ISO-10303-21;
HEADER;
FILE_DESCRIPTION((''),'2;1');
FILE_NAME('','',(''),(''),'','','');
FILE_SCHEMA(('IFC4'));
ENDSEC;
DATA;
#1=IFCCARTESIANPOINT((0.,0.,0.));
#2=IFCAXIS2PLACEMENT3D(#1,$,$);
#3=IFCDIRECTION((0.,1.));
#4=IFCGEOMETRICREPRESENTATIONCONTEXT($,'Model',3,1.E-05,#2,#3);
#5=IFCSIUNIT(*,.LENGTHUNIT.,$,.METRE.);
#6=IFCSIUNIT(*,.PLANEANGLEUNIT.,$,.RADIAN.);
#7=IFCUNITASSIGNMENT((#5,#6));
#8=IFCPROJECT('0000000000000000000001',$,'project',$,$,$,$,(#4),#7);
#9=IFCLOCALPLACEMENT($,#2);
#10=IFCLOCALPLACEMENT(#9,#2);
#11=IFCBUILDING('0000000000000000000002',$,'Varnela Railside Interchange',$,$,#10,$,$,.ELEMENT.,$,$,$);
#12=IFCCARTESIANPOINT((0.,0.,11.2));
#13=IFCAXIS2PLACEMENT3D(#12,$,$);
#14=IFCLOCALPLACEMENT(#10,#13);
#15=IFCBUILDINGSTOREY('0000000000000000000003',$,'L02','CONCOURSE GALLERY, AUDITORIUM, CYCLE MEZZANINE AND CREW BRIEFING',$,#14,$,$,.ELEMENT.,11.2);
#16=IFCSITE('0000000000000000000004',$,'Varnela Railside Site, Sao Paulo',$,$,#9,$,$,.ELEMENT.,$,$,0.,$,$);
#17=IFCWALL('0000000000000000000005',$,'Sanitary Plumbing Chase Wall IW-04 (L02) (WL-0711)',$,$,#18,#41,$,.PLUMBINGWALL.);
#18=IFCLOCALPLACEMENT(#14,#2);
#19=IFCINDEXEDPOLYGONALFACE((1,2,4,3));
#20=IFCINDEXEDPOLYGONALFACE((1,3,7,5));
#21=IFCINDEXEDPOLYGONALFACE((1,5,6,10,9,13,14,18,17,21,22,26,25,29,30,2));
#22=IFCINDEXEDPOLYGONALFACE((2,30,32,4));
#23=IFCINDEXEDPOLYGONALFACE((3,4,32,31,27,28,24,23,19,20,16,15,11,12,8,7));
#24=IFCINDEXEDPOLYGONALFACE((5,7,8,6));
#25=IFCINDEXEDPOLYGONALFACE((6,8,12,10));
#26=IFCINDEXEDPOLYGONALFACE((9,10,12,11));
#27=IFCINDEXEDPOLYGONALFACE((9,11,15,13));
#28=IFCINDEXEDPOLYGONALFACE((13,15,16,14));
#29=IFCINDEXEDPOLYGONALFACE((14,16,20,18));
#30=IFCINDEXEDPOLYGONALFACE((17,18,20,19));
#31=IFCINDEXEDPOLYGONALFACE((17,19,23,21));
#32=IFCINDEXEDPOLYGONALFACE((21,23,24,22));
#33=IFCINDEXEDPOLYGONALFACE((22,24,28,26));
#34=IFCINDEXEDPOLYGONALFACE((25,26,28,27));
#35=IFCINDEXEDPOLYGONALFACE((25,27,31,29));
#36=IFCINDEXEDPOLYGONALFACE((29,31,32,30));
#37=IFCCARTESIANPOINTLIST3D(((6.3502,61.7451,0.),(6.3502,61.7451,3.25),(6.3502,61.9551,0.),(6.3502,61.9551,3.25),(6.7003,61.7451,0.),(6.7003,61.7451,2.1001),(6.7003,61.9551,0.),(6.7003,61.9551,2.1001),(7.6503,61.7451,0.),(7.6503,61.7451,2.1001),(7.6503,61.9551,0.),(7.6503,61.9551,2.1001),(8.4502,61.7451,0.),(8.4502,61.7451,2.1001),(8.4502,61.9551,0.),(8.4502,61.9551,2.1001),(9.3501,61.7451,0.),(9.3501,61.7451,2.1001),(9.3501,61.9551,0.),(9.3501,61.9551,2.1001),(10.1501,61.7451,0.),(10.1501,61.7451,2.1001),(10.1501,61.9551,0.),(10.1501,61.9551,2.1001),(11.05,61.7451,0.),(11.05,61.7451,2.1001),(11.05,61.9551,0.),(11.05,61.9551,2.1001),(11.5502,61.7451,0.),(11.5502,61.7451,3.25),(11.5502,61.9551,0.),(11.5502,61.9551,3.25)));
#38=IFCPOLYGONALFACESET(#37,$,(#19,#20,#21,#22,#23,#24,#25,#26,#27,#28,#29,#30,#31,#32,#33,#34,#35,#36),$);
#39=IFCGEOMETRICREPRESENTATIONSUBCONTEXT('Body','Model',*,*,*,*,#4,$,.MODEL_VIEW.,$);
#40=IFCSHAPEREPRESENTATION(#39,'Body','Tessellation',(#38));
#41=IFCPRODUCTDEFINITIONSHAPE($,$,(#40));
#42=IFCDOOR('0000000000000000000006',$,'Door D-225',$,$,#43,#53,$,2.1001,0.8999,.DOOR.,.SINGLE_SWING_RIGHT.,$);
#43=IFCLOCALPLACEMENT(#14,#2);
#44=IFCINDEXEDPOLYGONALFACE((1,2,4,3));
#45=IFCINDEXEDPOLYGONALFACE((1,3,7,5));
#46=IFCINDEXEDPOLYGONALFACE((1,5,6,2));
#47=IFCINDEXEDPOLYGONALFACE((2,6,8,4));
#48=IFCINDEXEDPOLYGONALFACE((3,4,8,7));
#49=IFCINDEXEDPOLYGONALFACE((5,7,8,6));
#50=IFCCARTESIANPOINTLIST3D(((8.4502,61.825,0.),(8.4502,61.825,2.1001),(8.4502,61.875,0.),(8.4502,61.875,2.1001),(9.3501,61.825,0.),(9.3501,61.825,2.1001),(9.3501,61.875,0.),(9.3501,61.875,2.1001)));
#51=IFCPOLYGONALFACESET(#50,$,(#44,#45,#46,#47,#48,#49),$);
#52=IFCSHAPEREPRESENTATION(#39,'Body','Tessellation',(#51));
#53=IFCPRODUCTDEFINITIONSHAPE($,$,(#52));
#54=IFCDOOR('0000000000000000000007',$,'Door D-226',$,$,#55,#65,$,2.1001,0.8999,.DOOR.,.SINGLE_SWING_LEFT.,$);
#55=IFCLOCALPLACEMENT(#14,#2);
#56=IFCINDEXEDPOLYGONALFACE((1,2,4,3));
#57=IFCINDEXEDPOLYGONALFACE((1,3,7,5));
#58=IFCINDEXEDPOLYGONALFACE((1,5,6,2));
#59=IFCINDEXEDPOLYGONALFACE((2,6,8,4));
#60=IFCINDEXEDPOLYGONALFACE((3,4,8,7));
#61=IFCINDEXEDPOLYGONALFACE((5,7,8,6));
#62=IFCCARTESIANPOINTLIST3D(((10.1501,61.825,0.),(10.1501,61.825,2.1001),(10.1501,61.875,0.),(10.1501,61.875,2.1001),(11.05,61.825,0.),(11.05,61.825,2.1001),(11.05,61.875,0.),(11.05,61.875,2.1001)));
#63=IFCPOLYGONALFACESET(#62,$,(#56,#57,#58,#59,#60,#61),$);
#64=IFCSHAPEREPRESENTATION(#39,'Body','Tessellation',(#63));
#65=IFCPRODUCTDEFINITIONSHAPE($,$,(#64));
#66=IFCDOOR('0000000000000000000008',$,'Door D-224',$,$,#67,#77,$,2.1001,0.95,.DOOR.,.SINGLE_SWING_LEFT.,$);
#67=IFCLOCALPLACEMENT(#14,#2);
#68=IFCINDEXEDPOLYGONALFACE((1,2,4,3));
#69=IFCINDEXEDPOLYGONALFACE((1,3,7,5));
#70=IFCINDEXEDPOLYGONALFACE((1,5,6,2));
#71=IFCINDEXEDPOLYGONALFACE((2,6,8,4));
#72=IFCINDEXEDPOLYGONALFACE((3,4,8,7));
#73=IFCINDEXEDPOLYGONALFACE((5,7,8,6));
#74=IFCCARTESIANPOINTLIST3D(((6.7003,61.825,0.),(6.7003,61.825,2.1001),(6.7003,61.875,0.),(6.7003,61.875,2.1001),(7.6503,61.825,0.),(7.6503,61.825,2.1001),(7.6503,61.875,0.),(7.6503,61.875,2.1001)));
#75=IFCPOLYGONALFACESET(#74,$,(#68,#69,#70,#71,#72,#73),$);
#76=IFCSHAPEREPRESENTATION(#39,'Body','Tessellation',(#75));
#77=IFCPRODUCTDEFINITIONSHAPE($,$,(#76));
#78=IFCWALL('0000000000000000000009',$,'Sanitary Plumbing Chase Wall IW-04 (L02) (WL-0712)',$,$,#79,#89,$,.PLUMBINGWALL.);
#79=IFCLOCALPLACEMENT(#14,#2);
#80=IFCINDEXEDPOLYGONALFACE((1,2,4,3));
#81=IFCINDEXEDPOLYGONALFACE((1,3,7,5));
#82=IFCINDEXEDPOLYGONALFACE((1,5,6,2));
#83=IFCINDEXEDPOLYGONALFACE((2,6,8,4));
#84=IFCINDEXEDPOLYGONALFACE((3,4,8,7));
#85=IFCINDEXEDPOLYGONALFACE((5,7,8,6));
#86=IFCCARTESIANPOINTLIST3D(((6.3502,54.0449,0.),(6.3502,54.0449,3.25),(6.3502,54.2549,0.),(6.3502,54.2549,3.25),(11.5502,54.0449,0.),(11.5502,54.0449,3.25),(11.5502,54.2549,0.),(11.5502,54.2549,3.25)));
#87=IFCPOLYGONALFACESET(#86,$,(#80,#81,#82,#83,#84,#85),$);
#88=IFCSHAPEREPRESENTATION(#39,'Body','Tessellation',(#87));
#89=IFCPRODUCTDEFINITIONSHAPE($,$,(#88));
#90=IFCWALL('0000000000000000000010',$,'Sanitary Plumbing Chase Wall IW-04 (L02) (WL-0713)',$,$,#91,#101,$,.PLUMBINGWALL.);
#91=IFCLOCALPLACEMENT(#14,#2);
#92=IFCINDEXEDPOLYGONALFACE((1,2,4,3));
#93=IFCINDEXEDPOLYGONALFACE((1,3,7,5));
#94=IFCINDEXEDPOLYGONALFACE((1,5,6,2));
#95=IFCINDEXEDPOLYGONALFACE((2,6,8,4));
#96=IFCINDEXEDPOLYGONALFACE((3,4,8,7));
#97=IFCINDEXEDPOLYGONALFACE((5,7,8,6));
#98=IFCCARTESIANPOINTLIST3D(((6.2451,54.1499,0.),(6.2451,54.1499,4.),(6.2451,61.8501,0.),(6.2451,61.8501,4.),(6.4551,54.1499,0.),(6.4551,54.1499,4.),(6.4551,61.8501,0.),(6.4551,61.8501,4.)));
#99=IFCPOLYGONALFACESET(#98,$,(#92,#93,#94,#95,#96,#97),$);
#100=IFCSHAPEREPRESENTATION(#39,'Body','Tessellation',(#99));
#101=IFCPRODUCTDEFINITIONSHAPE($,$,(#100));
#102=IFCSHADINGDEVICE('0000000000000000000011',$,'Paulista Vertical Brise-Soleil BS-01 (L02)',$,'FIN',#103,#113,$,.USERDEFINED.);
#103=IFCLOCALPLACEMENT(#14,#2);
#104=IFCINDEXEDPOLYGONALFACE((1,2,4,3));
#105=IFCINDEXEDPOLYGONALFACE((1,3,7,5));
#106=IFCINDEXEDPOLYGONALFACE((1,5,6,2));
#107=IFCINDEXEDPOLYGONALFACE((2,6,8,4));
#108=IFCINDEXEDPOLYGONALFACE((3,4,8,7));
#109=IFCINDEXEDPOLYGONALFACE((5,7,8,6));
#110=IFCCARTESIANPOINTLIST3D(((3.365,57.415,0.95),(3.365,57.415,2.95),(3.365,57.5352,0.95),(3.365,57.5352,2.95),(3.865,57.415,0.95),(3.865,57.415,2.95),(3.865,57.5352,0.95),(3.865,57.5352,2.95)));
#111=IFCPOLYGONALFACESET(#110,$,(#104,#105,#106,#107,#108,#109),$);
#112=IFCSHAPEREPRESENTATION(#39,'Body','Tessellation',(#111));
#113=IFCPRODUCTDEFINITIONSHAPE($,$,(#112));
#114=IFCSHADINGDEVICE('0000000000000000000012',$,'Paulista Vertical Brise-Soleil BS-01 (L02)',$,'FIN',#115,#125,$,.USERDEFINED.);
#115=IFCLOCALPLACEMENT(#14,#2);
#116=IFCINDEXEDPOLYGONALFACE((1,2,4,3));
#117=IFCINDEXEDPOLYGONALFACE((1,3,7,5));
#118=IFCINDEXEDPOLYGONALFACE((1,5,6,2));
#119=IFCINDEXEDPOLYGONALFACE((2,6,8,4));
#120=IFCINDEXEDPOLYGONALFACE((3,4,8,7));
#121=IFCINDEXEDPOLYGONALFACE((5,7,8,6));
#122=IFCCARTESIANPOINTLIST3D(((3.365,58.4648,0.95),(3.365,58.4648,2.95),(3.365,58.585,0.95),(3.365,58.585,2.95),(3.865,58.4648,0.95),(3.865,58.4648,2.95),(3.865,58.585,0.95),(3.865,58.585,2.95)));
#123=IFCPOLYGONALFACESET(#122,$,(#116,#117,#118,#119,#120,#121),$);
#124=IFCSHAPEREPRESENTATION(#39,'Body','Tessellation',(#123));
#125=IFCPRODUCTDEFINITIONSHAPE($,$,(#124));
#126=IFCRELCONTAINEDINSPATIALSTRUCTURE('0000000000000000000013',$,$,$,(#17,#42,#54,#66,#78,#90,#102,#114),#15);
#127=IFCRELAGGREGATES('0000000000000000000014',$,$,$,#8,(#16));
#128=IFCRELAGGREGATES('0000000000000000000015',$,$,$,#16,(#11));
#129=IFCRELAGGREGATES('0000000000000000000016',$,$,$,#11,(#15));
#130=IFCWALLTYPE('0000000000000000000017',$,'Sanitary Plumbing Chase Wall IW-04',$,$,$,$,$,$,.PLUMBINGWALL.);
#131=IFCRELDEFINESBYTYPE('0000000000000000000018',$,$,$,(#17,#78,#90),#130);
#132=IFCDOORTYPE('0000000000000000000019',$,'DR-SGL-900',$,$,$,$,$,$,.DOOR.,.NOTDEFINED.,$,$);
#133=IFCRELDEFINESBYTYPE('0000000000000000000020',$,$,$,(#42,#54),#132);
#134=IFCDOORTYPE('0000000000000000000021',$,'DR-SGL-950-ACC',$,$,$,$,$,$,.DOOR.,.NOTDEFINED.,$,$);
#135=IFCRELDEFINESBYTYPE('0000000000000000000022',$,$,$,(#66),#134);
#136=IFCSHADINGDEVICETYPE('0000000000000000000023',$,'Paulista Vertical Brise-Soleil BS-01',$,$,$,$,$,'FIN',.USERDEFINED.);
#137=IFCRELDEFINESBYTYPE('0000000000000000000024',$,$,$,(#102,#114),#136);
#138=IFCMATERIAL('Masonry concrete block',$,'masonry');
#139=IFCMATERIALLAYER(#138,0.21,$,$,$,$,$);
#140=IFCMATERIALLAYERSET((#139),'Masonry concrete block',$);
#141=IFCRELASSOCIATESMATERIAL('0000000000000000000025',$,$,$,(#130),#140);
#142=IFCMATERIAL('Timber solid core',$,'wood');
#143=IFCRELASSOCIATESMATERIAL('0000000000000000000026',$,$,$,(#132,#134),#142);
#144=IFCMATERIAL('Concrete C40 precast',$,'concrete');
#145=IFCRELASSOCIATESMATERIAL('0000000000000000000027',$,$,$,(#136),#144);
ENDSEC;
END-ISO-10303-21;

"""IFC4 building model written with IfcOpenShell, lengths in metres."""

from ifc_helpers import new_model, si_unit, direction, frame, frame_2d, origin, origin_2d, place, context, subcontext, project, spatial, rectangle, extrude, material, layer, layer_set, type_object, element, fill, save


model = new_model("IFC4")

# Units and contexts
model_context = context("Model", 3, precision=1e-05, world=origin(), true_north=direction((0.0, 1.0)))
body_context = subcontext(model_context, "Body", "Model", "MODEL_VIEW")
ifc_project = project(units=[si_unit("LENGTHUNIT", "METRE"), si_unit("PLANEANGLEUNIT", "RADIAN")], contexts=[model_context])

# Site, building, storey
site_placement = place(None, origin())
site = spatial("IfcSite", under=ifc_project, at=site_placement, Name="Varnela Railside Site, Sao Paulo", CompositionType="ELEMENT", RefElevation=0.0)
building_placement = place(site_placement, origin())
building = spatial("IfcBuilding", under=site, at=building_placement, Name="Varnela Railside Interchange", CompositionType="ELEMENT")
storey_placement = place(building_placement, frame((0.0, 0.0, 11.2)))
storey = spatial("IfcBuildingStorey", under=building, at=storey_placement, Name="L02", Description="CONCOURSE GALLERY, AUDITORIUM, CYCLE MEZZANINE AND CREW BRIEFING", CompositionType="ELEMENT", Elevation=11.2)

# Shared definitions
ifc_material_1 = material(Name="Concrete C40 precast", Category="concrete")

# Wall, openings, doors
ifc_material_2 = material(Name="Masonry concrete block", Category="masonry")
ifc_layer_1 = layer(ifc_material_2, 0.21)
ifc_layer_set_1 = layer_set([ifc_layer_1], Name="Masonry concrete block")
wall_type_1 = type_object("IfcWallType", Name="Sanitary Plumbing Chase Wall IW-04", PredefinedType="PLUMBINGWALL", material=ifc_layer_set_1)
wall_1_placement = place(storey_placement, frame((6.3501, 61.8501, 0.0), z_axis=(0.0, 0.0, 1.0), x_axis=(1.0, 0.0, 0.0)))
wall_1 = element("IfcWall", 1, at=wall_1_placement, inside=storey, type_object=wall_type_1, Name="Sanitary Plumbing Chase Wall IW-04 (L02) (WL-0711)", PredefinedType="PLUMBINGWALL", context=body_context, shape_type="SweptSolid", body=[
    extrude(rectangle(XDim=5.2, YDim=0.21, at=frame_2d((2.6001, 0.0))), origin(), (0.0, 0.0, 1.0), 3.25),
])
opening_1_placement = place(wall_1_placement, frame((0.3501, 0.0, 0.0)))
opening_1 = element("IfcOpeningElement", 2, at=opening_1_placement, cuts=wall_1, PredefinedType="OPENING", context=body_context, shape_type="SweptSolid", body=[
    extrude(rectangle(XDim=0.95, YDim=2.1001, at=frame_2d((0.4751, 1.05))), frame((0.0, 0.115, 0.0), z_axis=(0.0, -1.0, 0.0), x_axis=(1.0, 0.0, 0.0)), (0.0, 0.0, 1.0), 0.23),
])
opening_2_placement = place(wall_1_placement, frame((2.1001, 0.0, 0.0)))
opening_2 = element("IfcOpeningElement", 3, at=opening_2_placement, cuts=wall_1, PredefinedType="OPENING", context=body_context, shape_type="SweptSolid", body=[
    extrude(rectangle(XDim=0.8999, YDim=2.1001, at=frame_2d((0.45, 1.05))), frame((0.0, 0.115, 0.0), z_axis=(0.0, -1.0, 0.0), x_axis=(1.0, 0.0, 0.0)), (0.0, 0.0, 1.0), 0.23),
])
opening_3_placement = place(wall_1_placement, frame((3.8, 0.0, 0.0)))
opening_3 = element("IfcOpeningElement", 4, at=opening_3_placement, cuts=wall_1, PredefinedType="OPENING", context=body_context, shape_type="SweptSolid", body=[
    extrude(rectangle(XDim=0.8999, YDim=2.1001, at=frame_2d((0.45, 1.05))), frame((0.0, 0.115, 0.0), z_axis=(0.0, -1.0, 0.0), x_axis=(1.0, 0.0, 0.0)), (0.0, 0.0, 1.0), 0.23),
])
ifc_material_3 = material(Name="Timber solid core", Category="wood")
door_type_1 = type_object("IfcDoorType", Name="DR-SGL-900", OperationType="NOTDEFINED", PredefinedType="DOOR", material=ifc_material_3)
door_1_placement = place(opening_2_placement, origin())
door_1 = element("IfcDoor", 5, at=door_1_placement, inside=storey, type_object=door_type_1, Name="Door D-225", OperationType="SINGLE_SWING_RIGHT", OverallHeight=2.1001, OverallWidth=0.8999, PredefinedType="DOOR", context=body_context, shape_type="SweptSolid", body=[
    extrude(rectangle(XDim=0.8999, YDim=2.1001, at=frame_2d((0.45, 1.05))), frame((0.0, 0.0249, 0.0), z_axis=(0.0, -1.0, 0.0), x_axis=(1.0, 0.0, 0.0)), (0.0, 0.0, 1.0), 0.05),
])
fill(opening_2, door_1)
door_2_placement = place(opening_3_placement, origin())
door_2 = element("IfcDoor", 6, at=door_2_placement, inside=storey, type_object=door_type_1, Name="Door D-226", OperationType="SINGLE_SWING_LEFT", OverallHeight=2.1001, OverallWidth=0.8999, PredefinedType="DOOR", context=body_context, shape_type="SweptSolid", body=[
    extrude(rectangle(XDim=0.8999, YDim=2.1001, at=frame_2d((0.45, 1.05))), frame((0.0, 0.0249, 0.0), z_axis=(0.0, -1.0, 0.0), x_axis=(1.0, 0.0, 0.0)), (0.0, 0.0, 1.0), 0.05),
])
fill(opening_3, door_2)
door_type_2 = type_object("IfcDoorType", Name="DR-SGL-950-ACC", OperationType="NOTDEFINED", PredefinedType="DOOR", material=ifc_material_3)
door_3_placement = place(opening_1_placement, origin())
door_3 = element("IfcDoor", 7, at=door_3_placement, inside=storey, type_object=door_type_2, Name="Door D-224", OperationType="SINGLE_SWING_LEFT", OverallHeight=2.1001, OverallWidth=0.95, PredefinedType="DOOR", context=body_context, shape_type="SweptSolid", body=[
    extrude(rectangle(XDim=0.95, YDim=2.1001, at=frame_2d((0.4751, 1.05))), frame((0.0, 0.0249, 0.0), z_axis=(0.0, -1.0, 0.0), x_axis=(1.0, 0.0, 0.0)), (0.0, 0.0, 1.0), 0.05),
])
fill(opening_1, door_3)

# Walls
wall_2_placement = place(storey_placement, frame((6.3501, 54.1499, 0.0), z_axis=(0.0, 0.0, 1.0), x_axis=(1.0, 0.0, 0.0)))
element("IfcWall", 8, at=wall_2_placement, inside=storey, type_object=wall_type_1, Name="Sanitary Plumbing Chase Wall IW-04 (L02) (WL-0712)", PredefinedType="PLUMBINGWALL", context=body_context, shape_type="SweptSolid", body=[
    extrude(rectangle(XDim=5.2, YDim=0.21, at=frame_2d((2.6001, 0.0))), origin(), (0.0, 0.0, 1.0), 3.25),
])
wall_3_placement = place(storey_placement, frame((6.3501, 54.1499, 0.0), z_axis=(0.0, 0.0, 1.0), x_axis=(0.0, 1.0, 0.0)))
element("IfcWall", 9, at=wall_3_placement, inside=storey, type_object=wall_type_1, Name="Sanitary Plumbing Chase Wall IW-04 (L02) (WL-0713)", PredefinedType="PLUMBINGWALL", context=body_context, shape_type="SweptSolid", body=[
    extrude(rectangle(XDim=7.7002, YDim=0.21, at=frame_2d((3.8501, 0.0))), origin(), (0.0, 0.0, 1.0), 4.0),
])

# Shading devices
shading_device_type = type_object("IfcShadingDeviceType", Name="Paulista Vertical Brise-Soleil BS-01", ElementType="FIN", PredefinedType="USERDEFINED", material=ifc_material_1)
for number, where, z_axis, x_axis, name in (
    (10, (3.615, 57.4751, 0.95), (0.0, 0.0, 1.0), (-1.0, 0.0, 0.0), "Paulista Vertical Brise-Soleil BS-01 (L02)"),
    (11, (3.615, 58.5249, 0.95), (0.0, 0.0, 1.0), (-1.0, 0.0, 0.0), "Paulista Vertical Brise-Soleil BS-01 (L02)"),
):
    element("IfcShadingDevice", number, at=place(storey_placement, frame(where, z_axis=z_axis, x_axis=x_axis)), inside=storey, type_object=shading_device_type, Name=name, ObjectType="FIN", PredefinedType="USERDEFINED", context=body_context, shape_type="SweptSolid", body=[
        extrude(rectangle(XDim=0.5, YDim=0.1201, at=origin_2d()), origin(), (0.0, 0.0, 1.0), 2.0),
    ])

save(model, "model.ifc")
